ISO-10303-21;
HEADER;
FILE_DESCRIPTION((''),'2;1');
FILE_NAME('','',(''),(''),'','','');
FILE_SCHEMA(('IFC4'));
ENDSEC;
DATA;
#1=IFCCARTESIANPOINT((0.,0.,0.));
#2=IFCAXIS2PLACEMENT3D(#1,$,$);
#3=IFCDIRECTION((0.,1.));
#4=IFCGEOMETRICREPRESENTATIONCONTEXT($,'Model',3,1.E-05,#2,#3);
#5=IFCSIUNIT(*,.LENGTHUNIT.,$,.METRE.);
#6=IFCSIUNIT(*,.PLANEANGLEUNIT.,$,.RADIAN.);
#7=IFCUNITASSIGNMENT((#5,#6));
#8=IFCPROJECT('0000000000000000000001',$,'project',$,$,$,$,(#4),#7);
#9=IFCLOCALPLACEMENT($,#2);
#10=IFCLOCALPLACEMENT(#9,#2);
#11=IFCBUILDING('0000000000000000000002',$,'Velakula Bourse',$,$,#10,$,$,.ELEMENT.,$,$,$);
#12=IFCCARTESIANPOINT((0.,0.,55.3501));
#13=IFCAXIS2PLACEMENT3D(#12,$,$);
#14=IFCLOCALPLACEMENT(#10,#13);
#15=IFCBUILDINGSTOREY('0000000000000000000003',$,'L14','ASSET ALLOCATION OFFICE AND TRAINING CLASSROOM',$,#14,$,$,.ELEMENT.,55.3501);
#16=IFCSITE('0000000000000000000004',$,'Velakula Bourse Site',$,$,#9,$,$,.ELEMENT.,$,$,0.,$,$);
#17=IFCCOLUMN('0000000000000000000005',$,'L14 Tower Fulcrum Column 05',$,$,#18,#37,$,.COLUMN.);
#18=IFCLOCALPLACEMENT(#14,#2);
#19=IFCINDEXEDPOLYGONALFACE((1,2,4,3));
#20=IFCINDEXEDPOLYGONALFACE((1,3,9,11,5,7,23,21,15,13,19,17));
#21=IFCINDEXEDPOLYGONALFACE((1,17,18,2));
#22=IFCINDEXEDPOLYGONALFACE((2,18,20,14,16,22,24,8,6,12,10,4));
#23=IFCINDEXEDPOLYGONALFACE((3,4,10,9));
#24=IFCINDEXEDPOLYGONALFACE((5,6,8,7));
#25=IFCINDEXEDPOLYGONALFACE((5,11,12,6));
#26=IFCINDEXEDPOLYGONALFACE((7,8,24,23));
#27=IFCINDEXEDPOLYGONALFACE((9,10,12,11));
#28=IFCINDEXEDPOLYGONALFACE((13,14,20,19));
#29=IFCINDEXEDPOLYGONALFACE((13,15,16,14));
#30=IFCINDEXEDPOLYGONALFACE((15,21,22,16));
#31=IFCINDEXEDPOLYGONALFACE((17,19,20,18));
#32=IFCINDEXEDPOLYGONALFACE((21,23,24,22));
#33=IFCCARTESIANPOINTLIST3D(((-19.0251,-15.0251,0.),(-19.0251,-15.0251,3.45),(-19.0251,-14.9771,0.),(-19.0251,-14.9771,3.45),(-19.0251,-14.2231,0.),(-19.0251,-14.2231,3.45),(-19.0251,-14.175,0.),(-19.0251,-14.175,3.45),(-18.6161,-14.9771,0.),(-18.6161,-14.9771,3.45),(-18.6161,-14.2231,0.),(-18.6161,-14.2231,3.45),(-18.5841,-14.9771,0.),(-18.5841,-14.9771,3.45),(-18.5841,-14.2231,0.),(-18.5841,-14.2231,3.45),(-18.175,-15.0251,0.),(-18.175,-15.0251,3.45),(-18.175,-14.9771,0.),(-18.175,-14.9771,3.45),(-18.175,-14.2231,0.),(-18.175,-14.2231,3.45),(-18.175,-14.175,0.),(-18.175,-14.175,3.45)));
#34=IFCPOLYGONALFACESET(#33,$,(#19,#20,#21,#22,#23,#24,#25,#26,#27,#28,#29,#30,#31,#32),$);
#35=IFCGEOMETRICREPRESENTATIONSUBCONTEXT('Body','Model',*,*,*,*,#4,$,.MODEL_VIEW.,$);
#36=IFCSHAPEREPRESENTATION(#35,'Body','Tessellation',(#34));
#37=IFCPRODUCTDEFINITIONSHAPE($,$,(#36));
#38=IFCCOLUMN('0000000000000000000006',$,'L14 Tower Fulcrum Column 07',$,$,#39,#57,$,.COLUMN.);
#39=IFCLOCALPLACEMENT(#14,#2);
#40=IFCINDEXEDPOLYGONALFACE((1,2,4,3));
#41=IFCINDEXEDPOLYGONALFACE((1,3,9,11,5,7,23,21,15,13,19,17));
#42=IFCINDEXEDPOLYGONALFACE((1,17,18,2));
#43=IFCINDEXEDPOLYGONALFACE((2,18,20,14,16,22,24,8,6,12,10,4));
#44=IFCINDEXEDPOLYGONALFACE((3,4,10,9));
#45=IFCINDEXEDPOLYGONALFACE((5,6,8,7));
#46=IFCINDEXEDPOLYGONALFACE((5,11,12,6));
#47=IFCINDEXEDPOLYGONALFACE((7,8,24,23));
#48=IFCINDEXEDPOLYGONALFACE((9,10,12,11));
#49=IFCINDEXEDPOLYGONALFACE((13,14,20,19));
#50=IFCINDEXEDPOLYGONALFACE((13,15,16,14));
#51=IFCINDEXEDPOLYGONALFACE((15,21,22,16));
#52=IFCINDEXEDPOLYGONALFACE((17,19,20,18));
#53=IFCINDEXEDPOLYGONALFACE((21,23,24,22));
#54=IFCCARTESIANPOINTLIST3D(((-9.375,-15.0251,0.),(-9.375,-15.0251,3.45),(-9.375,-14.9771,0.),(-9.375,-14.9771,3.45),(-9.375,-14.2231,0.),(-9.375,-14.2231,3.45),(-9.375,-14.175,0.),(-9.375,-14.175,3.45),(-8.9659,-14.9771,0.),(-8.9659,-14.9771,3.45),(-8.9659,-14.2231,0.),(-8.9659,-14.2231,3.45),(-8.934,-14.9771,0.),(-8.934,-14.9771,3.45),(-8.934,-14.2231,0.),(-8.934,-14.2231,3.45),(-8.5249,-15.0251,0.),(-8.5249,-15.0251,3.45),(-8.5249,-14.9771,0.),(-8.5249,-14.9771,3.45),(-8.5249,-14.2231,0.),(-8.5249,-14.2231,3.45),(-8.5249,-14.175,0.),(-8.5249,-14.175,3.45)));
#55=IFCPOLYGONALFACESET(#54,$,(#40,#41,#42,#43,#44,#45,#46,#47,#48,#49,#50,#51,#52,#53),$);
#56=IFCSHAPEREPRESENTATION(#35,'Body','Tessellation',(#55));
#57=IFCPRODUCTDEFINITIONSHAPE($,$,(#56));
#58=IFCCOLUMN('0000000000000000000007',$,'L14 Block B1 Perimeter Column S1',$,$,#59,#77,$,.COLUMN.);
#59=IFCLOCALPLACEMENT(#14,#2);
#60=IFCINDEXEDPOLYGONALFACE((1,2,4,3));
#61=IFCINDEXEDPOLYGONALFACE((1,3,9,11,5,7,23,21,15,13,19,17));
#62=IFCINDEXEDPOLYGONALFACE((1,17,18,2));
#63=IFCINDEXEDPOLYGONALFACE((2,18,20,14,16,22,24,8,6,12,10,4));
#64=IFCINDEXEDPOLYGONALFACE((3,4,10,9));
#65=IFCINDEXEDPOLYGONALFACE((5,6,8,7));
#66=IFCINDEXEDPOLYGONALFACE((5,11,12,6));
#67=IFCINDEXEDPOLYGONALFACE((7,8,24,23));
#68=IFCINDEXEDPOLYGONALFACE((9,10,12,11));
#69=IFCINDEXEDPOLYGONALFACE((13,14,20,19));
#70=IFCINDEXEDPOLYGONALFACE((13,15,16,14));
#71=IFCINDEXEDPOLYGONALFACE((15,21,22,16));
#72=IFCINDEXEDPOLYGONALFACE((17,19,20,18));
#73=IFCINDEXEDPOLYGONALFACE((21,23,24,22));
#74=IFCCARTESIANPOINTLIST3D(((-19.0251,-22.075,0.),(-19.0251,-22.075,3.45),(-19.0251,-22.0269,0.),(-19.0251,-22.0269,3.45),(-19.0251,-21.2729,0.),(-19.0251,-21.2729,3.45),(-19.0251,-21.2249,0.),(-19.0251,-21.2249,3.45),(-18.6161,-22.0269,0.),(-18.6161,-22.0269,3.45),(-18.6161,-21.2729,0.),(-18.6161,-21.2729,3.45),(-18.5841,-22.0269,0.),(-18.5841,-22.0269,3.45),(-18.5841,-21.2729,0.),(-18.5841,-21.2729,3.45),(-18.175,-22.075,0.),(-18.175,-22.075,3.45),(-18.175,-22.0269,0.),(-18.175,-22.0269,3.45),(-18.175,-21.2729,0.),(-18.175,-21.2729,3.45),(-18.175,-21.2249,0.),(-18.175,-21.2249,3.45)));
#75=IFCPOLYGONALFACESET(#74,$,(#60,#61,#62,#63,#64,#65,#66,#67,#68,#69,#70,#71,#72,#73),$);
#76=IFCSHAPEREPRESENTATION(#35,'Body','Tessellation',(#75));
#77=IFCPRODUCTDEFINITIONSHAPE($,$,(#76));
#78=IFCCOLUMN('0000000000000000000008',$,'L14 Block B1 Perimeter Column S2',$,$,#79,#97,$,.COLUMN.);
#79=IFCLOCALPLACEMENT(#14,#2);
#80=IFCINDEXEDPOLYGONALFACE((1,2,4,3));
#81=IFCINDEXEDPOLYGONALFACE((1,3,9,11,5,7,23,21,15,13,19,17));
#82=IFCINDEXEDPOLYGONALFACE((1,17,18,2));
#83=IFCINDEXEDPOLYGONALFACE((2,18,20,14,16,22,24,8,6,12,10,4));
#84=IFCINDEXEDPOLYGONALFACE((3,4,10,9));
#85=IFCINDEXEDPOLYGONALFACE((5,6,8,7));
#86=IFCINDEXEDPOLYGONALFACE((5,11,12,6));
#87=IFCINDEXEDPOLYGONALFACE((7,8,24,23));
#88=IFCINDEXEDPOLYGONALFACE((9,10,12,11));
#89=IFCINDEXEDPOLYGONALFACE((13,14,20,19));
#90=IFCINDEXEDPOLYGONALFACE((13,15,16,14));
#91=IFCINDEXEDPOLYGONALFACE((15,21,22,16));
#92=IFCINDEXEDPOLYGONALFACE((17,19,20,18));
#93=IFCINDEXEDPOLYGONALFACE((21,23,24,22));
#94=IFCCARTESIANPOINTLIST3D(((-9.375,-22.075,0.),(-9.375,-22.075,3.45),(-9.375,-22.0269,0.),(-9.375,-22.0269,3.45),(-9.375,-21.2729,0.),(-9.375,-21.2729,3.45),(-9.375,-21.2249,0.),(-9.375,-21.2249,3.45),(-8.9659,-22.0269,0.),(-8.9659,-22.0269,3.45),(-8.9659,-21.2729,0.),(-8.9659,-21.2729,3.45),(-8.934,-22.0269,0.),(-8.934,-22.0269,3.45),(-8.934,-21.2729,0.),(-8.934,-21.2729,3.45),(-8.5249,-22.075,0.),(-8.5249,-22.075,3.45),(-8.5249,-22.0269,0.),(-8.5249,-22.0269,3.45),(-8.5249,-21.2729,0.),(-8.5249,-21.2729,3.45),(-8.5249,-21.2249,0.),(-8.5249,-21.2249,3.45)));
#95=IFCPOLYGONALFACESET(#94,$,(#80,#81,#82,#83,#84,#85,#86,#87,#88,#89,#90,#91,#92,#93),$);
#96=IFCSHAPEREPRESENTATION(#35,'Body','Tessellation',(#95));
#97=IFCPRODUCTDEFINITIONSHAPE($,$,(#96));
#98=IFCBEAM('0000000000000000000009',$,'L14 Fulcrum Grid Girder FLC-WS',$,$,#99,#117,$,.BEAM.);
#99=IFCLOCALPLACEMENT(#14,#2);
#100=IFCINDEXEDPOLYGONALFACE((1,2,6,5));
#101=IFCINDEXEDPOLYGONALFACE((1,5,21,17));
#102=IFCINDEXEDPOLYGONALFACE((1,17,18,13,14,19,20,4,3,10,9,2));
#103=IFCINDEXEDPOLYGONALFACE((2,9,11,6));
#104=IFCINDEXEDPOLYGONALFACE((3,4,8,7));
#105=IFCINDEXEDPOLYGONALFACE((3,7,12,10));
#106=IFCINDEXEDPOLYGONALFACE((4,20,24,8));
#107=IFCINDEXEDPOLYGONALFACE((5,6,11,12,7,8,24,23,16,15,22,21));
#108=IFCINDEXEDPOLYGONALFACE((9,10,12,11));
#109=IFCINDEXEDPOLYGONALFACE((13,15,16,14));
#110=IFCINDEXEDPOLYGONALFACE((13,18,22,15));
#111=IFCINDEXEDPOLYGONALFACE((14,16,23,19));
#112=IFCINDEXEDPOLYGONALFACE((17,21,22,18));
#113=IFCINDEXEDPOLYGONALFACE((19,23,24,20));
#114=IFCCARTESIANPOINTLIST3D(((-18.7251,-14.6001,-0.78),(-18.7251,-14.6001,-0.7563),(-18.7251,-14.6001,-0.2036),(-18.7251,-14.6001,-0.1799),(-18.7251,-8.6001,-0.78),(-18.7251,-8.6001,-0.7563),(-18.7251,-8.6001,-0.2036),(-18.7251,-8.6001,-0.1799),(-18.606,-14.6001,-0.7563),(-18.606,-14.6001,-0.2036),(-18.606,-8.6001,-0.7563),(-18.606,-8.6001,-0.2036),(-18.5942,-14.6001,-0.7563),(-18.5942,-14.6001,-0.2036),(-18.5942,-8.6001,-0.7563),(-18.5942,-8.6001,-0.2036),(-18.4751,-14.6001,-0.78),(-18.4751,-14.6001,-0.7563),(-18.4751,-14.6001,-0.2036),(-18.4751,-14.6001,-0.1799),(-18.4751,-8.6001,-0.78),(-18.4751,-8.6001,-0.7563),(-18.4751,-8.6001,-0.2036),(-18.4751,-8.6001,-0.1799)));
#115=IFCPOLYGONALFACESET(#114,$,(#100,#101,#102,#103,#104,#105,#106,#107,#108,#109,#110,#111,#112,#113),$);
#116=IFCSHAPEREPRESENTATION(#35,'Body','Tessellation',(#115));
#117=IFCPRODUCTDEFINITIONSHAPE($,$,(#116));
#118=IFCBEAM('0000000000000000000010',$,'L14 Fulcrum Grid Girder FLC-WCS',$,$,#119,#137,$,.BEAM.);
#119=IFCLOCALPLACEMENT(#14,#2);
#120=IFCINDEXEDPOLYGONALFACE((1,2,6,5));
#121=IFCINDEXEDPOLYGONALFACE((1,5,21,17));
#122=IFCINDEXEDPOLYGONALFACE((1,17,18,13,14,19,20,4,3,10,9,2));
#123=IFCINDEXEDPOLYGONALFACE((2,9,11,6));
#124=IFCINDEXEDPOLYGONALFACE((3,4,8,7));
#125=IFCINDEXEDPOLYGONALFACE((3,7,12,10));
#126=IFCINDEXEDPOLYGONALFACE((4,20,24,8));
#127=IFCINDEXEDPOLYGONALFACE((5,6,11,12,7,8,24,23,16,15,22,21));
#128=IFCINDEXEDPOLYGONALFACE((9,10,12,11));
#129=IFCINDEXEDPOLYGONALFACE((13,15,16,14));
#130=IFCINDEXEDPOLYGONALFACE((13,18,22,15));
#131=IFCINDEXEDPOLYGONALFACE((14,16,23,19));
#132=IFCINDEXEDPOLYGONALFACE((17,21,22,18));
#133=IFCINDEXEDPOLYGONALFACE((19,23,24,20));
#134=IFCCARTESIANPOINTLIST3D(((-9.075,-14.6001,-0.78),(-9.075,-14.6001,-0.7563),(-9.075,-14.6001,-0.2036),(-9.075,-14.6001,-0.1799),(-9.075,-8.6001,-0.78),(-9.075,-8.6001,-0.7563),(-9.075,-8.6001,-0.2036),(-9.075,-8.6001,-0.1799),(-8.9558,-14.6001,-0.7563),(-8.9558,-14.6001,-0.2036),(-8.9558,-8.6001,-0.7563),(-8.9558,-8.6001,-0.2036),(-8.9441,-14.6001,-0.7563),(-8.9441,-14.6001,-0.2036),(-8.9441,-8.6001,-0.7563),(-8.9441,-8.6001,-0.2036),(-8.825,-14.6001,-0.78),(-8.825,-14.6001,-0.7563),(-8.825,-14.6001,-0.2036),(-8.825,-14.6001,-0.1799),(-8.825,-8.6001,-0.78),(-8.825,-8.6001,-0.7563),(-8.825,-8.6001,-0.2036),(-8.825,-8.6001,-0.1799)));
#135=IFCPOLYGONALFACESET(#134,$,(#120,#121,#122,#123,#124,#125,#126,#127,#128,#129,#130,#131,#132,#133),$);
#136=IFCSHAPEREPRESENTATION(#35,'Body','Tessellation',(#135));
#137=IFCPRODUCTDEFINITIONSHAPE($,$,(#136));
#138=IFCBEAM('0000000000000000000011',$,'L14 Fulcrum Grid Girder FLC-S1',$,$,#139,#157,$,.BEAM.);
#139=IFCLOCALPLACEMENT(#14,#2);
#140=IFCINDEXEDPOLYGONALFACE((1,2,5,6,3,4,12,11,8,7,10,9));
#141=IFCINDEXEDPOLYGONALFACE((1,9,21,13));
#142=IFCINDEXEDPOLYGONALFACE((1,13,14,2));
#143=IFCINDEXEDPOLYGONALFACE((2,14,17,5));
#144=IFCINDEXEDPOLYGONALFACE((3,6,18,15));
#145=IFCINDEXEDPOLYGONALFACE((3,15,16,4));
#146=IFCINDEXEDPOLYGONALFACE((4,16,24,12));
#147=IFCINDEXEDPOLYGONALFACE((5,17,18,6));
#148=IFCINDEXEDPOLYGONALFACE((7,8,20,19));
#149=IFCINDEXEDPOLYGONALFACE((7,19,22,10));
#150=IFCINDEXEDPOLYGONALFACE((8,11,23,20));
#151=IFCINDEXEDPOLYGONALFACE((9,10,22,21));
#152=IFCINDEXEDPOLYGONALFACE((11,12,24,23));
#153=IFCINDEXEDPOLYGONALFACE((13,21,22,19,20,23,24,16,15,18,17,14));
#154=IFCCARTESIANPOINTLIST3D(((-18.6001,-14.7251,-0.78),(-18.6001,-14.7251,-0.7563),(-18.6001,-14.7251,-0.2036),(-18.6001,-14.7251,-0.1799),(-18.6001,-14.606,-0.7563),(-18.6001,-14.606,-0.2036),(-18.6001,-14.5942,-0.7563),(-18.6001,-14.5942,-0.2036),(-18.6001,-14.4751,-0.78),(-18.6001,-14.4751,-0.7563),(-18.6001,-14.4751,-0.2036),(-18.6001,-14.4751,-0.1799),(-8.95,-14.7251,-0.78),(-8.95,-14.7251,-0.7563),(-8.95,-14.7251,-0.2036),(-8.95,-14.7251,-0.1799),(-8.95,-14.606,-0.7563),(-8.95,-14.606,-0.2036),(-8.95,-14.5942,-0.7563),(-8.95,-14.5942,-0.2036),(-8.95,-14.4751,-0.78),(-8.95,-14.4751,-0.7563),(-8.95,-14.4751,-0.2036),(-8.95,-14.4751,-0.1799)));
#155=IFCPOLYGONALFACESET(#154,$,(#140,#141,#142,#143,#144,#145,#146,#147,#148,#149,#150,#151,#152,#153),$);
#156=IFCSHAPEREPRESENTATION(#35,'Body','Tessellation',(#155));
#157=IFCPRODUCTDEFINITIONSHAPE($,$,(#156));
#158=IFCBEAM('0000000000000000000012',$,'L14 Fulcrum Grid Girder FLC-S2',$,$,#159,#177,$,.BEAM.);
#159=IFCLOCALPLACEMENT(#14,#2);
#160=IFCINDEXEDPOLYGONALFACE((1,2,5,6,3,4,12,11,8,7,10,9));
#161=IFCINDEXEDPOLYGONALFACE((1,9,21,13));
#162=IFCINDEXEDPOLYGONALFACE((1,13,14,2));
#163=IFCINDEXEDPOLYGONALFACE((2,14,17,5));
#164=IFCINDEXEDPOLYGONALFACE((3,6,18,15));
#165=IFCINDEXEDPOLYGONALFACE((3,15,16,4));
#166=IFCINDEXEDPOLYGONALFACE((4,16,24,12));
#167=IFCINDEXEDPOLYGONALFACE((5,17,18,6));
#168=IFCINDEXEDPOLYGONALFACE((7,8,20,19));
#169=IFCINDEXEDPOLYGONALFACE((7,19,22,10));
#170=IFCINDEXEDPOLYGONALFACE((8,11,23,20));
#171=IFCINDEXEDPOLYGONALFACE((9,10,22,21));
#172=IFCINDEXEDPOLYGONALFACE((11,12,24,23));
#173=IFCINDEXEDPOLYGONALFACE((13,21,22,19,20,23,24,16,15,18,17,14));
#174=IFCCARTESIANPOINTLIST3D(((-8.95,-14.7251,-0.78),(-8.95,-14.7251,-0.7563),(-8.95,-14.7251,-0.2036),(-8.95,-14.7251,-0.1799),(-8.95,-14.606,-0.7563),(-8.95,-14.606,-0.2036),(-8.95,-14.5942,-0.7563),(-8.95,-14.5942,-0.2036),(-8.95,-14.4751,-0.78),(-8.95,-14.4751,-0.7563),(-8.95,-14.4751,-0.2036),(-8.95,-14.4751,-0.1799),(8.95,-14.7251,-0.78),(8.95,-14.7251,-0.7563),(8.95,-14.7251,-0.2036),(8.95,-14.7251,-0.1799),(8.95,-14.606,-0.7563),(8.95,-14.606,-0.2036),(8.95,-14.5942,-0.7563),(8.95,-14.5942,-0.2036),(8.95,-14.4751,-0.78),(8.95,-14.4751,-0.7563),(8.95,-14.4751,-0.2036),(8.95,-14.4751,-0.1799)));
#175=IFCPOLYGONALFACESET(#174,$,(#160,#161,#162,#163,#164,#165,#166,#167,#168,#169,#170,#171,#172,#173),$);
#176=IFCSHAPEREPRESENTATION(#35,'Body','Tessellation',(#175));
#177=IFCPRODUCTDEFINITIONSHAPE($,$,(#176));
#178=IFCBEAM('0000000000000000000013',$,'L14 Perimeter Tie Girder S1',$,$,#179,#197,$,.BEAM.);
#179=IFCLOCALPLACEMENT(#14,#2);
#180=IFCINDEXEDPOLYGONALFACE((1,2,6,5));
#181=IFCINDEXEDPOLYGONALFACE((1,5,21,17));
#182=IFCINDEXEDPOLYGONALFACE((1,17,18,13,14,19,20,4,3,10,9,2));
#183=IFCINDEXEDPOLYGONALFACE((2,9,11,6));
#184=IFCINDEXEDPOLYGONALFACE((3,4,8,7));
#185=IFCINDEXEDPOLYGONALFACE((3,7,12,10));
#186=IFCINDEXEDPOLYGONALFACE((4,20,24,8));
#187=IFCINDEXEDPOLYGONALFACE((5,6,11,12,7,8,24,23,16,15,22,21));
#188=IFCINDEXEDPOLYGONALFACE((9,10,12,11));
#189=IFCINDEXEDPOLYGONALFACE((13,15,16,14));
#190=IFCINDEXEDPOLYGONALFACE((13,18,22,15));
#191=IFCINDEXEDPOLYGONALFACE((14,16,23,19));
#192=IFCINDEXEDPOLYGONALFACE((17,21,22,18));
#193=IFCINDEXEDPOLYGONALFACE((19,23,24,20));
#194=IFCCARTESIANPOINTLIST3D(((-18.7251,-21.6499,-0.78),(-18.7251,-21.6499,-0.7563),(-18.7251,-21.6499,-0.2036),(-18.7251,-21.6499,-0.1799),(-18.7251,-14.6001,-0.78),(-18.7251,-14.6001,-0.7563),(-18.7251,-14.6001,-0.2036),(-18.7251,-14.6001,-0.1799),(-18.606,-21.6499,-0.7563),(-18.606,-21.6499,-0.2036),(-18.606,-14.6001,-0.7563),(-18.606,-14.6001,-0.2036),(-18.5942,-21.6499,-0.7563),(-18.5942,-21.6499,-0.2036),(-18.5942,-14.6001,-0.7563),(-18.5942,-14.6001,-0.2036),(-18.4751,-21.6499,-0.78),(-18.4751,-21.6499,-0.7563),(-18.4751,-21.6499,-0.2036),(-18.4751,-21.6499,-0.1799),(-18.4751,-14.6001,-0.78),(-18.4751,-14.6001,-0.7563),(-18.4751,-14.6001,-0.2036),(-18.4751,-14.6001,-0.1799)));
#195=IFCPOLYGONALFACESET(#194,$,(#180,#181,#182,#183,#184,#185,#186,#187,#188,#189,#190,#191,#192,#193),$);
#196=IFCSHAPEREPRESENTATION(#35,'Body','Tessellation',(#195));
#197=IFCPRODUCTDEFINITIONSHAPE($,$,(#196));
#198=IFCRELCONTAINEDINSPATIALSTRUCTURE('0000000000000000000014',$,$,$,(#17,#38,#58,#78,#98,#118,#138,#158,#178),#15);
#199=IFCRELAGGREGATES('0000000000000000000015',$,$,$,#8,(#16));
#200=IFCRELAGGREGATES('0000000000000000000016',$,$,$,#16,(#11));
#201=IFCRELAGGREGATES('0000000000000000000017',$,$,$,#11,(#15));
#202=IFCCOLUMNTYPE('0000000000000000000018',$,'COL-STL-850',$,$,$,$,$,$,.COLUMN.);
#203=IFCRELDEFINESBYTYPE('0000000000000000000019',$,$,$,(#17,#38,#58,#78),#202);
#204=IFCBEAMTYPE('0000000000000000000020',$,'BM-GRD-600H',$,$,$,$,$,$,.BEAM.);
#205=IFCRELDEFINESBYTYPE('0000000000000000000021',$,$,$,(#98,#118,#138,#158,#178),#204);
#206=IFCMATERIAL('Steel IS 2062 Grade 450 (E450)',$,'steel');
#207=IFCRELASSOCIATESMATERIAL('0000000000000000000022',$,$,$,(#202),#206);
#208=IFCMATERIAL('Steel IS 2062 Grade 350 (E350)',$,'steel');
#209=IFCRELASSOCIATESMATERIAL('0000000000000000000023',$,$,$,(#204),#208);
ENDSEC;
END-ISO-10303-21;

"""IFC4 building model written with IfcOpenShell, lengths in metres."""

from ifc_helpers import new_model, si_unit, direction, frame, origin, origin_2d, place, context, subcontext, project, spatial, i_section, extrude, material, material_profile, profile_set, type_object, element, save


model = new_model("IFC4")

# Units and contexts
model_context = context("Model", 3, precision=1e-05, world=origin(), true_north=direction((0.0, 1.0)))
body_context = subcontext(model_context, "Body", "Model", "MODEL_VIEW")
ifc_project = project(units=[si_unit("LENGTHUNIT", "METRE"), si_unit("PLANEANGLEUNIT", "RADIAN")], contexts=[model_context])

# Site, building, storey
site_placement = place(None, origin())
site = spatial("IfcSite", under=ifc_project, at=site_placement, Name="Velakula Bourse Site", CompositionType="ELEMENT", RefElevation=0.0)
building_placement = place(site_placement, origin())
building = spatial("IfcBuilding", under=site, at=building_placement, Name="Velakula Bourse", CompositionType="ELEMENT")
storey_placement = place(building_placement, frame((0.0, 0.0, 55.3501)))
storey = spatial("IfcBuildingStorey", under=building, at=storey_placement, Name="L14", Description="ASSET ALLOCATION OFFICE AND TRAINING CLASSROOM", CompositionType="ELEMENT", Elevation=55.3501)

# Columns
ifc_material_1 = material(Name="Steel IS 2062 Grade 450 (E450)", Category="steel")
ifc_material_profile_1 = material_profile(ifc_material_1, i_section(OverallWidth=0.8501, OverallDepth=0.8501, WebThickness=0.032, FlangeThickness=0.0481, at=origin_2d()), Name="Steel IS 2062 Grade 450 (E450)")
ifc_profile_set_1 = profile_set([ifc_material_profile_1], Name="Steel IS 2062 Grade 450 (E450)")
column_type = type_object("IfcColumnType", Name="COL-STL-850", PredefinedType="COLUMN", material=ifc_profile_set_1)
for number, where, z_axis, x_axis, name in (
    (1, (-18.6001, -14.6001, 0.0), (0.0, 0.0, 1.0), (1.0, 0.0, 0.0), "L14 Tower Fulcrum Column 05"),
    (2, (-8.95, -14.6001, 0.0), (0.0, 0.0, 1.0), (1.0, 0.0, 0.0), "L14 Tower Fulcrum Column 07"),
    (3, (-18.6001, -21.6499, 0.0), (0.0, 0.0, 1.0), (1.0, 0.0, 0.0), "L14 Block B1 Perimeter Column S1"),
    (4, (-8.95, -21.6499, 0.0), (0.0, 0.0, 1.0), (1.0, 0.0, 0.0), "L14 Block B1 Perimeter Column S2"),
):
    element("IfcColumn", number, at=place(storey_placement, frame(where, z_axis=z_axis, x_axis=x_axis)), inside=storey, type_object=column_type, Name=name, PredefinedType="COLUMN", context=body_context, shape_type="SweptSolid", body=[
        extrude(i_section(OverallWidth=0.8501, OverallDepth=0.8501, WebThickness=0.032, FlangeThickness=0.0481, at=origin_2d()), origin(), (0.0, 0.0, 1.0), 3.45),
    ])

# Beams
ifc_material_2 = material(Name="Steel IS 2062 Grade 350 (E350)", Category="steel")
ifc_material_profile_2 = material_profile(ifc_material_2, i_section(OverallWidth=0.25, OverallDepth=0.6001, WebThickness=0.0117, FlangeThickness=0.0237, at=origin_2d()), Name="Steel IS 2062 Grade 350 (E350)")
ifc_profile_set_2 = profile_set([ifc_material_profile_2], Name="Steel IS 2062 Grade 350 (E350)")
beam_type_1 = type_object("IfcBeamType", Name="BM-GRD-600H", PredefinedType="BEAM", material=ifc_profile_set_2)
for number, where, z_axis, x_axis, name in (
    (5, (-18.6001, -14.6001, -0.48), (0.0, 1.0, 0.0), (-1.0, 0.0, 0.0), "L14 Fulcrum Grid Girder FLC-WS"),
    (6, (-8.95, -14.6001, -0.48), (0.0, 1.0, 0.0), (-1.0, 0.0, 0.0), "L14 Fulcrum Grid Girder FLC-WCS"),
):
    element("IfcBeam", number, at=place(storey_placement, frame(where, z_axis=z_axis, x_axis=x_axis)), inside=storey, type_object=beam_type_1, Name=name, PredefinedType="BEAM", context=body_context, shape_type="SweptSolid", body=[
        extrude(i_section(OverallWidth=0.25, OverallDepth=0.6001, WebThickness=0.0117, FlangeThickness=0.0237, at=origin_2d()), origin(), (0.0, 0.0, 1.0), 6.0),
    ])
beam_1_placement = place(storey_placement, frame((-18.6001, -14.6001, -0.48), z_axis=(1.0, 0.0, 0.0), x_axis=(0.0, 1.0, 0.0)))
element("IfcBeam", 7, at=beam_1_placement, inside=storey, type_object=beam_type_1, Name="L14 Fulcrum Grid Girder FLC-S1", PredefinedType="BEAM", context=body_context, shape_type="SweptSolid", body=[
    extrude(i_section(OverallWidth=0.25, OverallDepth=0.6001, WebThickness=0.0117, FlangeThickness=0.0237, at=origin_2d()), origin(), (0.0, 0.0, 1.0), 9.6501),
])
beam_2_placement = place(storey_placement, frame((-8.95, -14.6001, -0.48), z_axis=(1.0, 0.0, 0.0), x_axis=(0.0, 1.0, 0.0)))
element("IfcBeam", 8, at=beam_2_placement, inside=storey, type_object=beam_type_1, Name="L14 Fulcrum Grid Girder FLC-S2", PredefinedType="BEAM", context=body_context, shape_type="SweptSolid", body=[
    extrude(i_section(OverallWidth=0.25, OverallDepth=0.6001, WebThickness=0.0117, FlangeThickness=0.0237, at=origin_2d()), origin(), (0.0, 0.0, 1.0), 17.8999),
])
for number, where, z_axis, x_axis, name in (
    (9, (-18.6001, -14.6001, -0.48), (0.0, -1.0, 0.0), (1.0, 0.0, 0.0), "L14 Perimeter Tie Girder S1"),
):
    element("IfcBeam", number, at=place(storey_placement, frame(where, z_axis=z_axis, x_axis=x_axis)), inside=storey, type_object=beam_type_1, Name=name, PredefinedType="BEAM", context=body_context, shape_type="SweptSolid", body=[
        extrude(i_section(OverallWidth=0.25, OverallDepth=0.6001, WebThickness=0.0117, FlangeThickness=0.0237, at=origin_2d()), origin(), (0.0, 0.0, 1.0), 7.0498),
    ])

save(model, "model.ifc")
